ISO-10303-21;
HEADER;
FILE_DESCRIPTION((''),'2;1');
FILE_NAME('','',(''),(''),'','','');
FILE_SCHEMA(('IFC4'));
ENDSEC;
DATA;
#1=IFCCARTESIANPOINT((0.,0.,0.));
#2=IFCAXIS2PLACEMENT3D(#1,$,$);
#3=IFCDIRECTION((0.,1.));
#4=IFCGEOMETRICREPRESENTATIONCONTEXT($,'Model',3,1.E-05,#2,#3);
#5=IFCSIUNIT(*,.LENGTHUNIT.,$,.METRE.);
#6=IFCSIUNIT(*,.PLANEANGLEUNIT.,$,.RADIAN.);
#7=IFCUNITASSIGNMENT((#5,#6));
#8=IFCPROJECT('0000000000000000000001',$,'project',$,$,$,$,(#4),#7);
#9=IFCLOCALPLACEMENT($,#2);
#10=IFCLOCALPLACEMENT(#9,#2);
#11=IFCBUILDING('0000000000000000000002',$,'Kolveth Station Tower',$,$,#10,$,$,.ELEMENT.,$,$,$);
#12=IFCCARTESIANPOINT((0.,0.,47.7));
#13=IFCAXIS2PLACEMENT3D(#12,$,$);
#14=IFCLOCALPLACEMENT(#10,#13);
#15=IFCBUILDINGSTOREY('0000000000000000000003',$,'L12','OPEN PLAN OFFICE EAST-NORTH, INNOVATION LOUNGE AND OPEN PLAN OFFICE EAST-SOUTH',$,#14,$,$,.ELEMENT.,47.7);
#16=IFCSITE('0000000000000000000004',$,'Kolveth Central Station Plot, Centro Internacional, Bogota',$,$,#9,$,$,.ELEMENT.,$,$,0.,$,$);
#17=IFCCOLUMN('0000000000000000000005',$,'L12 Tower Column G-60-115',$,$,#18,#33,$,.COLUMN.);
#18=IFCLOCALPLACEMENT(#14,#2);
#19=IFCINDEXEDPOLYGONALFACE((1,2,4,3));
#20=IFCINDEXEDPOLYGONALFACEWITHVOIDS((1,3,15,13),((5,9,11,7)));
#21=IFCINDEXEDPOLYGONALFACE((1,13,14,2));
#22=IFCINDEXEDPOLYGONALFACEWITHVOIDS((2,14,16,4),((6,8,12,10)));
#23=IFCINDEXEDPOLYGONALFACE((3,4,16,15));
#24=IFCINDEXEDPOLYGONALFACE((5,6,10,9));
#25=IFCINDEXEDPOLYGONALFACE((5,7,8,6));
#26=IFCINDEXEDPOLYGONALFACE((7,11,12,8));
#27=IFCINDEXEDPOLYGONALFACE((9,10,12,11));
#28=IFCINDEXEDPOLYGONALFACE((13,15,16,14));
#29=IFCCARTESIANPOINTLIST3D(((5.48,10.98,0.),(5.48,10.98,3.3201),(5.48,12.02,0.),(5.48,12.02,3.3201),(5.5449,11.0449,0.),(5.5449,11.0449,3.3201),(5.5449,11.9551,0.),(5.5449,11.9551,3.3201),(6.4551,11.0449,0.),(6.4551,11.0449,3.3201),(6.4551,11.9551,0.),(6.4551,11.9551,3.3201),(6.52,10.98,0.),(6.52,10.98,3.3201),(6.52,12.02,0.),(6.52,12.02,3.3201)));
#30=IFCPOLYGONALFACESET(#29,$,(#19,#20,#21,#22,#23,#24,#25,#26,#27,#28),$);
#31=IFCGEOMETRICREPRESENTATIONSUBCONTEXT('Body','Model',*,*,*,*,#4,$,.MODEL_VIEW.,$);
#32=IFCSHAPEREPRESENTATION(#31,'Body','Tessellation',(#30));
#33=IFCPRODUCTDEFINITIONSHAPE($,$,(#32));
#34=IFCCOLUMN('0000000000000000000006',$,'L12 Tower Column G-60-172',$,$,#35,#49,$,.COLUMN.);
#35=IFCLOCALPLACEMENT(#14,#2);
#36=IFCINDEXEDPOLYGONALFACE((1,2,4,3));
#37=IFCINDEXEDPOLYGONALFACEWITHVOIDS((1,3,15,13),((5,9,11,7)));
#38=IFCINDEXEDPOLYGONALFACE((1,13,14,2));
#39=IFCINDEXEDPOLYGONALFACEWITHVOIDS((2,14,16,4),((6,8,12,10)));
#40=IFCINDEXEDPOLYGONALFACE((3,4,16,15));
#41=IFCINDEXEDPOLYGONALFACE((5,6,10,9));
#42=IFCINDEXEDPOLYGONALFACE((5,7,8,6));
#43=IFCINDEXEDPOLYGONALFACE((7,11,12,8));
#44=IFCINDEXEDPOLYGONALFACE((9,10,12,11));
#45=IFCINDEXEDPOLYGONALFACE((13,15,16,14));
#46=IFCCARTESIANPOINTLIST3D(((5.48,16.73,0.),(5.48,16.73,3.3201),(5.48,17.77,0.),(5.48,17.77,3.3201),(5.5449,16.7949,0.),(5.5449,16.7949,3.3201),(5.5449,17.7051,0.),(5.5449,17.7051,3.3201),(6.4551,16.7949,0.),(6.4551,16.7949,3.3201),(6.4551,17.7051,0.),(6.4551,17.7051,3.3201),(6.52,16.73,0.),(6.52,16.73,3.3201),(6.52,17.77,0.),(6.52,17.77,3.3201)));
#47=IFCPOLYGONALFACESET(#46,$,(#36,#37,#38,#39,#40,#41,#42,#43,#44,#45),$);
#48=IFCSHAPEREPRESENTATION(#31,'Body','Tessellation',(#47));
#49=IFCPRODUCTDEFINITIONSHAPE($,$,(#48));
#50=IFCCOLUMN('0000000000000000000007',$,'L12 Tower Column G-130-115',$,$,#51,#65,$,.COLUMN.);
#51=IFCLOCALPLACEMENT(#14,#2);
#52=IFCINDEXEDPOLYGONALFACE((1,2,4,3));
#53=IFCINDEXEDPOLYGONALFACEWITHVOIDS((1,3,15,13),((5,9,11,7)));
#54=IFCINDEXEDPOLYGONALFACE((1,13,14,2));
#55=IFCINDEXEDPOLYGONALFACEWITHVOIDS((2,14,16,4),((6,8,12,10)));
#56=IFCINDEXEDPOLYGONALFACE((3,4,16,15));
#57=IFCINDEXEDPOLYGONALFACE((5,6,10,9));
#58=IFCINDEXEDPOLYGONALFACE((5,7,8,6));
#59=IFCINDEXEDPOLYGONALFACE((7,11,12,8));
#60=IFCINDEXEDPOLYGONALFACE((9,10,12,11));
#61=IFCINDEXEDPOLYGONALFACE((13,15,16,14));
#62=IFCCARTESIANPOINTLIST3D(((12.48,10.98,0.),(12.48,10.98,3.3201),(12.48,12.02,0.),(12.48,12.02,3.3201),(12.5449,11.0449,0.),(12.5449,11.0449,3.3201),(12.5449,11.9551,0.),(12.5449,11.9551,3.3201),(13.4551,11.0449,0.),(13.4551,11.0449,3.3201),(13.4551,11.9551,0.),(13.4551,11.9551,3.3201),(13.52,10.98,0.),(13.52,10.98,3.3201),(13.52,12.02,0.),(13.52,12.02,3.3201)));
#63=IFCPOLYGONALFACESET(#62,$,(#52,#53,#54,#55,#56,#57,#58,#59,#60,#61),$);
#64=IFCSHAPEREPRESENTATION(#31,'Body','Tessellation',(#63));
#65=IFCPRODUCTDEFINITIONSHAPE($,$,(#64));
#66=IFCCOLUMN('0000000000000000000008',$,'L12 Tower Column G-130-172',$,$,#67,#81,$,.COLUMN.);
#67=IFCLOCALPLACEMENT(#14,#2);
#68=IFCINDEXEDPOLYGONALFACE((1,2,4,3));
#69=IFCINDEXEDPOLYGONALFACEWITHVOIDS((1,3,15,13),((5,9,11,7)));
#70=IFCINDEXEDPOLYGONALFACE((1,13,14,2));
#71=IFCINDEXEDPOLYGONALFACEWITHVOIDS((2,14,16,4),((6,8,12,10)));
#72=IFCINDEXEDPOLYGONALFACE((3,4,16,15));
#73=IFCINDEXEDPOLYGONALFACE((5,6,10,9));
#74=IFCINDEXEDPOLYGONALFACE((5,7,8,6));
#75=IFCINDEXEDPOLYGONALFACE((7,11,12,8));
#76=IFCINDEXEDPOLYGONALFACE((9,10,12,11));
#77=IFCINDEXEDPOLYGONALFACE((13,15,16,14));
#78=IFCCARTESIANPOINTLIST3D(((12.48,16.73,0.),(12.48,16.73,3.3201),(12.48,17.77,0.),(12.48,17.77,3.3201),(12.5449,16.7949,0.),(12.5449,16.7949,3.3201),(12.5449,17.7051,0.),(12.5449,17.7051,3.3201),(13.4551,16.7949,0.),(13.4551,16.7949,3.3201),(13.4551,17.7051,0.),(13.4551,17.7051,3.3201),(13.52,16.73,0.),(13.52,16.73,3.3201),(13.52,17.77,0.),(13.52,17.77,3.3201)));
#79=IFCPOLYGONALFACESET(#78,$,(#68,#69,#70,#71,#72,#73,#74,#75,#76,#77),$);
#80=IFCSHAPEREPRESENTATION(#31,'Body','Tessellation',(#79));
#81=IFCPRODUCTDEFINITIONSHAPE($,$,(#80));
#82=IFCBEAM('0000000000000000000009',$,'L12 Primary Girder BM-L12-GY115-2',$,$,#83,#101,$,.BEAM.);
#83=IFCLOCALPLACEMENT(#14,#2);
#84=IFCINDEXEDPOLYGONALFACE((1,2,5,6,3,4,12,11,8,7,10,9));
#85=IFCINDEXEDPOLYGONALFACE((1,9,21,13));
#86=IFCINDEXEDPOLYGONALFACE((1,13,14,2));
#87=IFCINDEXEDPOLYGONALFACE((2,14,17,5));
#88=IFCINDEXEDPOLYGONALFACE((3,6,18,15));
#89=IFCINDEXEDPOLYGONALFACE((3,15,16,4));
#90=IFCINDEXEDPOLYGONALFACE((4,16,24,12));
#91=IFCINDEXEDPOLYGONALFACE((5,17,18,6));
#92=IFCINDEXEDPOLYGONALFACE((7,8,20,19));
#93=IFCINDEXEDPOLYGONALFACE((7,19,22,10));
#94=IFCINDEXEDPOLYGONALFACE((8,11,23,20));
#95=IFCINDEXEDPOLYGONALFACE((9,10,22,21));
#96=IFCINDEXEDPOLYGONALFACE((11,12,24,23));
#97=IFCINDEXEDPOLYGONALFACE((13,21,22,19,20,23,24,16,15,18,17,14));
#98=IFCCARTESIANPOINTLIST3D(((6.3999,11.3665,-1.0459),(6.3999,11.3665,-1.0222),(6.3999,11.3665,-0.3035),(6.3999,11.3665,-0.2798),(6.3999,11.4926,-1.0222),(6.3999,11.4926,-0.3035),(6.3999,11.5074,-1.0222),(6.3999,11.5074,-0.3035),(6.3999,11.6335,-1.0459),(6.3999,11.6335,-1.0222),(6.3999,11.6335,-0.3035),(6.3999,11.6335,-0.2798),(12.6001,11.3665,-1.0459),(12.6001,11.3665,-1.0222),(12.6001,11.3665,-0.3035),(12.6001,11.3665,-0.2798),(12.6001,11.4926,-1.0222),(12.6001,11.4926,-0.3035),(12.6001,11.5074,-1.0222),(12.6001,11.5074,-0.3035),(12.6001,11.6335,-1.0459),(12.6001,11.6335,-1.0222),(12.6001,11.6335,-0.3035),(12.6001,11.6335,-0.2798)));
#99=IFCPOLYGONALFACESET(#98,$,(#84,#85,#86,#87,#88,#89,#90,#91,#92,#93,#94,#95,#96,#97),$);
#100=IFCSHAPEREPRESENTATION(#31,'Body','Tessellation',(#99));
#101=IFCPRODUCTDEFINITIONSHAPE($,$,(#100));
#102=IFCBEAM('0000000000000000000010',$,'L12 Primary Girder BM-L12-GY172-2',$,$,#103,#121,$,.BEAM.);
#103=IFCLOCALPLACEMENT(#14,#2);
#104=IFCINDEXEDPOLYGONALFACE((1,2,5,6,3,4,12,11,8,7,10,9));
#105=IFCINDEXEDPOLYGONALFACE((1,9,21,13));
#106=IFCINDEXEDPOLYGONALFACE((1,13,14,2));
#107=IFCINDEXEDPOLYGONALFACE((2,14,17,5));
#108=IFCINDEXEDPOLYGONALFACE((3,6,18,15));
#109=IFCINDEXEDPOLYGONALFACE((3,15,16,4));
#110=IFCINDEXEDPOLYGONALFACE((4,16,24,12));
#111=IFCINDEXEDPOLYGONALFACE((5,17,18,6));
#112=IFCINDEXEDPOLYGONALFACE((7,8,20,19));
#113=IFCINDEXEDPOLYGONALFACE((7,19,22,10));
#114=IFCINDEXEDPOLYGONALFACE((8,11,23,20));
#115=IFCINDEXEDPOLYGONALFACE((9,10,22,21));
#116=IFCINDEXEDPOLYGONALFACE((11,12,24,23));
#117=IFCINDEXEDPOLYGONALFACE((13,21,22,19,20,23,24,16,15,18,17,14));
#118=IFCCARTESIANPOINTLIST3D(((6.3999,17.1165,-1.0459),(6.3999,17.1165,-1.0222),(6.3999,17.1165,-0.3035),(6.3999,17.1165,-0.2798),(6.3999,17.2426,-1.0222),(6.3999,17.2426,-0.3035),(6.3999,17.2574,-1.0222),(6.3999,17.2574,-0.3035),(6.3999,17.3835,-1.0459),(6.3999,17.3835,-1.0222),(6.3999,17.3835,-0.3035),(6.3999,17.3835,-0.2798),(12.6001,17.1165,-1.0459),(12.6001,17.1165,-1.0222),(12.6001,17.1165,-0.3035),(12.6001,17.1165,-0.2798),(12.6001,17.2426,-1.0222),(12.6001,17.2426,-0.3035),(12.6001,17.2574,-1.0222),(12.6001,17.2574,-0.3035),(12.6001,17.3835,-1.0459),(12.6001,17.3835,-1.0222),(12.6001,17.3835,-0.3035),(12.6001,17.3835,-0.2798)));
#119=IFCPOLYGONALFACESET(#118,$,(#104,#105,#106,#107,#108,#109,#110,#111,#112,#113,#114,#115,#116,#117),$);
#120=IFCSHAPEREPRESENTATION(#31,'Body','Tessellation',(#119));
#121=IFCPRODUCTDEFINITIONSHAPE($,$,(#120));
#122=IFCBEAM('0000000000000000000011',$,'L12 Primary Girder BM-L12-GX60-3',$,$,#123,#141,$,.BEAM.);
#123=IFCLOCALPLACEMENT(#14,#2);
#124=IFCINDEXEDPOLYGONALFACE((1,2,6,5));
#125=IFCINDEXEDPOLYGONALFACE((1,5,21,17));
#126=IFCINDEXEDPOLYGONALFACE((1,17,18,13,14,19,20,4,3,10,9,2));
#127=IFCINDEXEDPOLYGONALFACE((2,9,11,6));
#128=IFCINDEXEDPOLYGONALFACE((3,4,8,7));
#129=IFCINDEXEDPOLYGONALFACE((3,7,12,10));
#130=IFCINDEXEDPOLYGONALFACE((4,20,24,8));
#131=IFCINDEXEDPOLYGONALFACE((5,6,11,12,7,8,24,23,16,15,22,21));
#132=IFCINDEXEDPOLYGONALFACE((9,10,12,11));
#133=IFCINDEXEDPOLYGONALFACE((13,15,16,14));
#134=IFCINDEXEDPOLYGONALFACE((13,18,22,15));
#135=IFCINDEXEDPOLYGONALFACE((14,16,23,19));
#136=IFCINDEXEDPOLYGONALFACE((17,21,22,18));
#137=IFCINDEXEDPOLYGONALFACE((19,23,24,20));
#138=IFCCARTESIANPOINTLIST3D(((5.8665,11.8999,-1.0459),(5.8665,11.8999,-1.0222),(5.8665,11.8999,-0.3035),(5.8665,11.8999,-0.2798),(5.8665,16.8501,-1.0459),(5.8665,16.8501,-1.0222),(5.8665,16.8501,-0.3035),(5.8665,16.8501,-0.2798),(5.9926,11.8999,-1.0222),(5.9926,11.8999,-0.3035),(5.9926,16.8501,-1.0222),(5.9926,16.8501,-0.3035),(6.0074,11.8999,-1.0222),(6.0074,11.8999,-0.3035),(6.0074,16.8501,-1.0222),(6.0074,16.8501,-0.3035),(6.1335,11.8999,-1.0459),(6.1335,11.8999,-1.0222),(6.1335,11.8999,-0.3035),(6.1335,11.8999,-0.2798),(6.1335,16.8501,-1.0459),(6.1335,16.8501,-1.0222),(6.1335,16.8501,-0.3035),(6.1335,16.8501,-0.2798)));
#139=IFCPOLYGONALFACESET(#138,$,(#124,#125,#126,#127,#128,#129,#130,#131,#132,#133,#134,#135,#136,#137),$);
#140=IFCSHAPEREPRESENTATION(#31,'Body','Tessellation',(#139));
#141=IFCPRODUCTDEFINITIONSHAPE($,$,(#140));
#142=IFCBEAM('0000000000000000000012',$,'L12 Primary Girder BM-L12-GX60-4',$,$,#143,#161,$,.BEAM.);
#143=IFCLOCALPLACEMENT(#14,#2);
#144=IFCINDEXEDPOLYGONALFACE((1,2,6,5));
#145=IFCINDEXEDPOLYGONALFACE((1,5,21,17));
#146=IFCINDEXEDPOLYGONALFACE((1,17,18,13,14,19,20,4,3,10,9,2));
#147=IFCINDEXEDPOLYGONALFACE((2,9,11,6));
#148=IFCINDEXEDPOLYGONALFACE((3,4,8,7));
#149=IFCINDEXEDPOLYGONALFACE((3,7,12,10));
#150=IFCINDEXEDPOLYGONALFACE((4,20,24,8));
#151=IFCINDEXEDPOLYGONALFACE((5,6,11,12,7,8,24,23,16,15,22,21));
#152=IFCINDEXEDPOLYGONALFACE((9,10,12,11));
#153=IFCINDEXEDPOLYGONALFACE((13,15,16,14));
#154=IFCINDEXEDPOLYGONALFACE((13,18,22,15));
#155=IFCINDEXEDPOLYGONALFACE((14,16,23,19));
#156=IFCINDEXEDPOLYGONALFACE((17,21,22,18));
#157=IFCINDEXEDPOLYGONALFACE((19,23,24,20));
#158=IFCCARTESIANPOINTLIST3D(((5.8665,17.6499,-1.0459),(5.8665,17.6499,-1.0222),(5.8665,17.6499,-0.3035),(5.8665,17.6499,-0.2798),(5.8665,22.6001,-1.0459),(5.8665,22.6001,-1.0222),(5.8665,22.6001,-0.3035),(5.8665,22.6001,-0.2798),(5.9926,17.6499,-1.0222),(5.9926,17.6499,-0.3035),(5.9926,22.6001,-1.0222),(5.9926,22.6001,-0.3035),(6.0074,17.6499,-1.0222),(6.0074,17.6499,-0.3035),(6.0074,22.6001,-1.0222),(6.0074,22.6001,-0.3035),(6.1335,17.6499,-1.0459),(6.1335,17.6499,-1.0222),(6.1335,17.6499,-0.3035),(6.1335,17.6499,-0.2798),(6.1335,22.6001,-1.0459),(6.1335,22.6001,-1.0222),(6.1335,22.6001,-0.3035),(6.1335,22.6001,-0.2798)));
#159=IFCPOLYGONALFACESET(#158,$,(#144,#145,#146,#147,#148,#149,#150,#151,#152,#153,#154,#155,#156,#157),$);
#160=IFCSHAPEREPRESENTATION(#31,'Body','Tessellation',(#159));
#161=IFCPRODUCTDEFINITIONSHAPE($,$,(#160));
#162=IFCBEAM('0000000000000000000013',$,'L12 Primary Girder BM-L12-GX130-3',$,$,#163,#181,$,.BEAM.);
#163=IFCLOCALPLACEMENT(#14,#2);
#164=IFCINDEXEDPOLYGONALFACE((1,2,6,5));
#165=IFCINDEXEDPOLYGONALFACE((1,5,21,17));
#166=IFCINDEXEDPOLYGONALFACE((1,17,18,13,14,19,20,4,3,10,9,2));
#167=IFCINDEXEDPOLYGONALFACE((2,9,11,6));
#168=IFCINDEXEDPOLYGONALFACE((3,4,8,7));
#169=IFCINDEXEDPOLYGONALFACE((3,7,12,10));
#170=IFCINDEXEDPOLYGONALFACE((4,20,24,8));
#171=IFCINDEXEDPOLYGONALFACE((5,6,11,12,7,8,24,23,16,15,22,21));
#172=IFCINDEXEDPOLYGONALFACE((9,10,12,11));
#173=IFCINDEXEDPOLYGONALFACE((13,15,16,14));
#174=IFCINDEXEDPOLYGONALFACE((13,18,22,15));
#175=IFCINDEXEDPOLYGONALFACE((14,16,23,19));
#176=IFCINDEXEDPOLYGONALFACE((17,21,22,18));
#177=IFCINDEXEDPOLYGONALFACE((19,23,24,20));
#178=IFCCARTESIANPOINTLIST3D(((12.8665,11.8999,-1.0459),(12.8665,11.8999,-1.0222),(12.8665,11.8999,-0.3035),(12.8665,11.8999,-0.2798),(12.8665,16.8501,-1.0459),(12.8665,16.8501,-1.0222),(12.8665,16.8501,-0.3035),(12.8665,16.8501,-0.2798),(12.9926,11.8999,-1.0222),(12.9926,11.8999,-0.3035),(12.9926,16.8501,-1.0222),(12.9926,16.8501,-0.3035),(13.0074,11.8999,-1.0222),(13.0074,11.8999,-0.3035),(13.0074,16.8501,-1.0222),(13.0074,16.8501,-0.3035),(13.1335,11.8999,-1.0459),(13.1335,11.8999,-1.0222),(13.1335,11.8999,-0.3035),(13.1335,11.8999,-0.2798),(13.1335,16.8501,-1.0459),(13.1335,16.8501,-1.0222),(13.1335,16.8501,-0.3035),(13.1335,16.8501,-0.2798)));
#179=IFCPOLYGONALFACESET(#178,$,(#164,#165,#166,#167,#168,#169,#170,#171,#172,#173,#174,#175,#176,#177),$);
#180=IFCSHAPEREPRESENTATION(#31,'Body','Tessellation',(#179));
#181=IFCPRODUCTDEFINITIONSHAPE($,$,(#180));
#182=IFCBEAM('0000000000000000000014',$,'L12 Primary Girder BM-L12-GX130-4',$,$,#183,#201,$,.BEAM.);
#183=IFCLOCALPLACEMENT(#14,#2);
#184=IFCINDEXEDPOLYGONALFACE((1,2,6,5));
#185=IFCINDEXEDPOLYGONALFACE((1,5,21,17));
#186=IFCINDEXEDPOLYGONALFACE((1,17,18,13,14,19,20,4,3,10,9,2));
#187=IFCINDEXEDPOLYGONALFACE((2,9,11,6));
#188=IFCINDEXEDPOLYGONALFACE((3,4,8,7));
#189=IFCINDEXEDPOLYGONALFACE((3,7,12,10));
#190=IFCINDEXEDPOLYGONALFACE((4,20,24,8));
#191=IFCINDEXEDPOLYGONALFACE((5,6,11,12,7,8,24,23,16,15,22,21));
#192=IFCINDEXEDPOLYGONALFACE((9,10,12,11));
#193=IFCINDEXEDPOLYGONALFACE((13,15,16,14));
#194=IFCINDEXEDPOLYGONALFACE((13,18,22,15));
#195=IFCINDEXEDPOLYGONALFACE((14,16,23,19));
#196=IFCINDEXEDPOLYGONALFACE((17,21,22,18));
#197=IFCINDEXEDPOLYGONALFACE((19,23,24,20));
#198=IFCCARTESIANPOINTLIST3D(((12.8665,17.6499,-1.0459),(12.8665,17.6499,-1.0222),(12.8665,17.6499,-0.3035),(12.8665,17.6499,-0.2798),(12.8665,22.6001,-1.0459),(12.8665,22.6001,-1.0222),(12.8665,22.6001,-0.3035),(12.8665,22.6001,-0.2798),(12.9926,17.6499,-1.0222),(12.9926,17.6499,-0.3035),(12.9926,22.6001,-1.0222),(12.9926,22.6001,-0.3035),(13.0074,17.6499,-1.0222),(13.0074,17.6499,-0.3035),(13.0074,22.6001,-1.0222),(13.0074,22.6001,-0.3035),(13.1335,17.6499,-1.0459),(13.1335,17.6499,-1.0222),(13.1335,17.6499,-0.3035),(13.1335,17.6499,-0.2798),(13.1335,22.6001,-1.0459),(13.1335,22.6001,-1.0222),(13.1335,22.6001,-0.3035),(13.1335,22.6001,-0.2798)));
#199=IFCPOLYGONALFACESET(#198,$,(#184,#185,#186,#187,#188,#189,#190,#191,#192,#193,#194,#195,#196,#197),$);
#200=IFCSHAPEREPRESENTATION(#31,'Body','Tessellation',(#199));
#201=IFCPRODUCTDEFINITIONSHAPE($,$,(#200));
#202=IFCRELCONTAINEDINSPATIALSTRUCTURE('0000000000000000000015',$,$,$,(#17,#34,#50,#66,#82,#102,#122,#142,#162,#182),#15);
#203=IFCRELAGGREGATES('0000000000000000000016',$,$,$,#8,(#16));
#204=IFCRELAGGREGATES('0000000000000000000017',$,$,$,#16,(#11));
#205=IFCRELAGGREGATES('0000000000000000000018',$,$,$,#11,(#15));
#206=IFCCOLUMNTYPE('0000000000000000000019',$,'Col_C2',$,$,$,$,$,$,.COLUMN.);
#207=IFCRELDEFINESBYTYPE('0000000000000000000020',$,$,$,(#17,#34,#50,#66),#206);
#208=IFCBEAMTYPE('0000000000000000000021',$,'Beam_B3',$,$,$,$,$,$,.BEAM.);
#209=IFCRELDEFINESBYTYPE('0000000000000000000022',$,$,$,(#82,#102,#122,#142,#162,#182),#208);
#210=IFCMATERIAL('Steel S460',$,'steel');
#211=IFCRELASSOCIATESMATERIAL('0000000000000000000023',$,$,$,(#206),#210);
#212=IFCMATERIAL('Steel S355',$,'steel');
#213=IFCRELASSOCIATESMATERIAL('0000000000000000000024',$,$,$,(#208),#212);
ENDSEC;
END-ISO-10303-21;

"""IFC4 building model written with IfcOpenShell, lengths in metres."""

from ifc_helpers import new_model, si_unit, direction, frame, origin, origin_2d, place, context, subcontext, project, spatial, hollow_rectangle, i_section, extrude, source, transform, mapped, material, material_profile, profile_set, type_object, element, save


model = new_model("IFC4")

# Units and contexts
model_context = context("Model", 3, precision=1e-05, world=origin(), true_north=direction((0.0, 1.0)))
body_context = subcontext(model_context, "Body", "Model", "MODEL_VIEW")
ifc_project = project(units=[si_unit("LENGTHUNIT", "METRE"), si_unit("PLANEANGLEUNIT", "RADIAN")], contexts=[model_context])

# Site, building, storey
site_placement = place(None, origin())
site = spatial("IfcSite", under=ifc_project, at=site_placement, Name="Kolveth Central Station Plot, Centro Internacional, Bogota", CompositionType="ELEMENT", RefElevation=0.0)
building_placement = place(site_placement, origin())
building = spatial("IfcBuilding", under=site, at=building_placement, Name="Kolveth Station Tower", CompositionType="ELEMENT")
storey_placement = place(building_placement, frame((0.0, 0.0, 47.7)))
storey = spatial("IfcBuildingStorey", under=building, at=storey_placement, Name="L12", Description="OPEN PLAN OFFICE EAST-NORTH, INNOVATION LOUNGE AND OPEN PLAN OFFICE EAST-SOUTH", CompositionType="ELEMENT", Elevation=47.7)

# Columns
ifc_material_1 = material(Name="Steel S460", Category="steel")
ifc_material_profile_1 = material_profile(ifc_material_1, hollow_rectangle(XDim=1.04, YDim=1.04, WallThickness=0.0649, at=origin_2d()), Name="BOX1040x1040x65")
ifc_profile_set_1 = profile_set([ifc_material_profile_1], Name="Steel S460")
column_type = type_object("IfcColumnType", Name="Col_C2", PredefinedType="COLUMN", material=ifc_profile_set_1)
shared_shape_1 = source(origin(), body_context, "Body", "SweptSolid", [
    extrude(hollow_rectangle(XDim=1.04, YDim=1.04, WallThickness=0.0649, at=origin_2d()), origin(), (0.0, 0.0, 1.0), 3.3201),
])
for number, where, z_axis, x_axis, name in (
    (1, (6.0, 11.5, 0.0), (0.0, 0.0, 1.0), (1.0, 0.0, 0.0), "L12 Tower Column G-60-115"),
    (2, (6.0, 17.25, 0.0), (0.0, 0.0, 1.0), (1.0, 0.0, 0.0), "L12 Tower Column G-60-172"),
    (3, (13.0, 11.5, 0.0), (0.0, 0.0, 1.0), (1.0, 0.0, 0.0), "L12 Tower Column G-130-115"),
    (4, (13.0, 17.25, 0.0), (0.0, 0.0, 1.0), (1.0, 0.0, 0.0), "L12 Tower Column G-130-172"),
):
    element("IfcColumn", number, at=place(storey_placement, frame(where, z_axis=z_axis, x_axis=x_axis)), inside=storey, type_object=column_type, Name=name, PredefinedType="COLUMN", context=body_context, shape_type="MappedRepresentation", body=[
        mapped(shared_shape_1, transform((0.0, 0.0, 0.0), x_axis=(1.0, 0.0, 0.0), y_axis=(0.0, 1.0, 0.0), z_axis=(0.0, 0.0, 1.0), scale=1.0)),
    ])

# Beams
ifc_material_2 = material(Name="Steel S355", Category="steel")
ifc_material_profile_2 = material_profile(ifc_material_2, i_section(OverallWidth=0.2671, OverallDepth=0.7661, WebThickness=0.0149, FlangeThickness=0.0237, at=origin_2d()), Name="W760x185")
ifc_profile_set_2 = profile_set([ifc_material_profile_2], Name="Steel S355")
beam_type_1 = type_object("IfcBeamType", Name="Beam_B3", PredefinedType="BEAM", material=ifc_profile_set_2)
shared_shape_2 = source(origin(), body_context, "Body", "SweptSolid", [
    extrude(i_section(OverallWidth=0.2671, OverallDepth=0.7661, WebThickness=0.0149, FlangeThickness=0.0237, at=origin_2d()), origin(), (0.0, 0.0, 1.0), 6.2002),
])
for number, where, z_axis, x_axis, name in (
    (5, (6.3999, 11.5, -0.6628), (1.0, 0.0, 0.0), (0.0, 1.0, 0.0), "L12 Primary Girder BM-L12-GY115-2"),
    (6, (6.3999, 17.25, -0.6628), (1.0, 0.0, 0.0), (0.0, 1.0, 0.0), "L12 Primary Girder BM-L12-GY172-2"),
):
    element("IfcBeam", number, at=place(storey_placement, frame(where, z_axis=z_axis, x_axis=x_axis)), inside=storey, type_object=beam_type_1, Name=name, PredefinedType="BEAM", context=body_context, shape_type="MappedRepresentation", body=[
        mapped(shared_shape_2, transform((0.0, 0.0, 0.0), x_axis=(1.0, 0.0, 0.0), y_axis=(0.0, 1.0, 0.0), z_axis=(0.0, 0.0, 1.0), scale=1.0)),
    ])
shared_shape_3 = source(origin(), body_context, "Body", "SweptSolid", [
    extrude(i_section(OverallWidth=0.2671, OverallDepth=0.7661, WebThickness=0.0149, FlangeThickness=0.0237, at=origin_2d()), origin(), (0.0, 0.0, 1.0), 4.9502),
])
for number, where, z_axis, x_axis, name in (
    (7, (6.0, 11.8999, -0.6628), (0.0, 1.0, 0.0), (-1.0, 0.0, 0.0), "L12 Primary Girder BM-L12-GX60-3"),
    (8, (6.0, 17.6499, -0.6628), (0.0, 1.0, 0.0), (-1.0, 0.0, 0.0), "L12 Primary Girder BM-L12-GX60-4"),
    (9, (13.0, 11.8999, -0.6628), (0.0, 1.0, 0.0), (-1.0, 0.0, 0.0), "L12 Primary Girder BM-L12-GX130-3"),
    (10, (13.0, 17.6499, -0.6628), (0.0, 1.0, 0.0), (-1.0, 0.0, 0.0), "L12 Primary Girder BM-L12-GX130-4"),
):
    element("IfcBeam", number, at=place(storey_placement, frame(where, z_axis=z_axis, x_axis=x_axis)), inside=storey, type_object=beam_type_1, Name=name, PredefinedType="BEAM", context=body_context, shape_type="MappedRepresentation", body=[
        mapped(shared_shape_3, transform((0.0, 0.0, 0.0), x_axis=(1.0, 0.0, 0.0), y_axis=(0.0, 1.0, 0.0), z_axis=(0.0, 0.0, 1.0), scale=1.0)),
    ])

save(model, "model.ifc")
